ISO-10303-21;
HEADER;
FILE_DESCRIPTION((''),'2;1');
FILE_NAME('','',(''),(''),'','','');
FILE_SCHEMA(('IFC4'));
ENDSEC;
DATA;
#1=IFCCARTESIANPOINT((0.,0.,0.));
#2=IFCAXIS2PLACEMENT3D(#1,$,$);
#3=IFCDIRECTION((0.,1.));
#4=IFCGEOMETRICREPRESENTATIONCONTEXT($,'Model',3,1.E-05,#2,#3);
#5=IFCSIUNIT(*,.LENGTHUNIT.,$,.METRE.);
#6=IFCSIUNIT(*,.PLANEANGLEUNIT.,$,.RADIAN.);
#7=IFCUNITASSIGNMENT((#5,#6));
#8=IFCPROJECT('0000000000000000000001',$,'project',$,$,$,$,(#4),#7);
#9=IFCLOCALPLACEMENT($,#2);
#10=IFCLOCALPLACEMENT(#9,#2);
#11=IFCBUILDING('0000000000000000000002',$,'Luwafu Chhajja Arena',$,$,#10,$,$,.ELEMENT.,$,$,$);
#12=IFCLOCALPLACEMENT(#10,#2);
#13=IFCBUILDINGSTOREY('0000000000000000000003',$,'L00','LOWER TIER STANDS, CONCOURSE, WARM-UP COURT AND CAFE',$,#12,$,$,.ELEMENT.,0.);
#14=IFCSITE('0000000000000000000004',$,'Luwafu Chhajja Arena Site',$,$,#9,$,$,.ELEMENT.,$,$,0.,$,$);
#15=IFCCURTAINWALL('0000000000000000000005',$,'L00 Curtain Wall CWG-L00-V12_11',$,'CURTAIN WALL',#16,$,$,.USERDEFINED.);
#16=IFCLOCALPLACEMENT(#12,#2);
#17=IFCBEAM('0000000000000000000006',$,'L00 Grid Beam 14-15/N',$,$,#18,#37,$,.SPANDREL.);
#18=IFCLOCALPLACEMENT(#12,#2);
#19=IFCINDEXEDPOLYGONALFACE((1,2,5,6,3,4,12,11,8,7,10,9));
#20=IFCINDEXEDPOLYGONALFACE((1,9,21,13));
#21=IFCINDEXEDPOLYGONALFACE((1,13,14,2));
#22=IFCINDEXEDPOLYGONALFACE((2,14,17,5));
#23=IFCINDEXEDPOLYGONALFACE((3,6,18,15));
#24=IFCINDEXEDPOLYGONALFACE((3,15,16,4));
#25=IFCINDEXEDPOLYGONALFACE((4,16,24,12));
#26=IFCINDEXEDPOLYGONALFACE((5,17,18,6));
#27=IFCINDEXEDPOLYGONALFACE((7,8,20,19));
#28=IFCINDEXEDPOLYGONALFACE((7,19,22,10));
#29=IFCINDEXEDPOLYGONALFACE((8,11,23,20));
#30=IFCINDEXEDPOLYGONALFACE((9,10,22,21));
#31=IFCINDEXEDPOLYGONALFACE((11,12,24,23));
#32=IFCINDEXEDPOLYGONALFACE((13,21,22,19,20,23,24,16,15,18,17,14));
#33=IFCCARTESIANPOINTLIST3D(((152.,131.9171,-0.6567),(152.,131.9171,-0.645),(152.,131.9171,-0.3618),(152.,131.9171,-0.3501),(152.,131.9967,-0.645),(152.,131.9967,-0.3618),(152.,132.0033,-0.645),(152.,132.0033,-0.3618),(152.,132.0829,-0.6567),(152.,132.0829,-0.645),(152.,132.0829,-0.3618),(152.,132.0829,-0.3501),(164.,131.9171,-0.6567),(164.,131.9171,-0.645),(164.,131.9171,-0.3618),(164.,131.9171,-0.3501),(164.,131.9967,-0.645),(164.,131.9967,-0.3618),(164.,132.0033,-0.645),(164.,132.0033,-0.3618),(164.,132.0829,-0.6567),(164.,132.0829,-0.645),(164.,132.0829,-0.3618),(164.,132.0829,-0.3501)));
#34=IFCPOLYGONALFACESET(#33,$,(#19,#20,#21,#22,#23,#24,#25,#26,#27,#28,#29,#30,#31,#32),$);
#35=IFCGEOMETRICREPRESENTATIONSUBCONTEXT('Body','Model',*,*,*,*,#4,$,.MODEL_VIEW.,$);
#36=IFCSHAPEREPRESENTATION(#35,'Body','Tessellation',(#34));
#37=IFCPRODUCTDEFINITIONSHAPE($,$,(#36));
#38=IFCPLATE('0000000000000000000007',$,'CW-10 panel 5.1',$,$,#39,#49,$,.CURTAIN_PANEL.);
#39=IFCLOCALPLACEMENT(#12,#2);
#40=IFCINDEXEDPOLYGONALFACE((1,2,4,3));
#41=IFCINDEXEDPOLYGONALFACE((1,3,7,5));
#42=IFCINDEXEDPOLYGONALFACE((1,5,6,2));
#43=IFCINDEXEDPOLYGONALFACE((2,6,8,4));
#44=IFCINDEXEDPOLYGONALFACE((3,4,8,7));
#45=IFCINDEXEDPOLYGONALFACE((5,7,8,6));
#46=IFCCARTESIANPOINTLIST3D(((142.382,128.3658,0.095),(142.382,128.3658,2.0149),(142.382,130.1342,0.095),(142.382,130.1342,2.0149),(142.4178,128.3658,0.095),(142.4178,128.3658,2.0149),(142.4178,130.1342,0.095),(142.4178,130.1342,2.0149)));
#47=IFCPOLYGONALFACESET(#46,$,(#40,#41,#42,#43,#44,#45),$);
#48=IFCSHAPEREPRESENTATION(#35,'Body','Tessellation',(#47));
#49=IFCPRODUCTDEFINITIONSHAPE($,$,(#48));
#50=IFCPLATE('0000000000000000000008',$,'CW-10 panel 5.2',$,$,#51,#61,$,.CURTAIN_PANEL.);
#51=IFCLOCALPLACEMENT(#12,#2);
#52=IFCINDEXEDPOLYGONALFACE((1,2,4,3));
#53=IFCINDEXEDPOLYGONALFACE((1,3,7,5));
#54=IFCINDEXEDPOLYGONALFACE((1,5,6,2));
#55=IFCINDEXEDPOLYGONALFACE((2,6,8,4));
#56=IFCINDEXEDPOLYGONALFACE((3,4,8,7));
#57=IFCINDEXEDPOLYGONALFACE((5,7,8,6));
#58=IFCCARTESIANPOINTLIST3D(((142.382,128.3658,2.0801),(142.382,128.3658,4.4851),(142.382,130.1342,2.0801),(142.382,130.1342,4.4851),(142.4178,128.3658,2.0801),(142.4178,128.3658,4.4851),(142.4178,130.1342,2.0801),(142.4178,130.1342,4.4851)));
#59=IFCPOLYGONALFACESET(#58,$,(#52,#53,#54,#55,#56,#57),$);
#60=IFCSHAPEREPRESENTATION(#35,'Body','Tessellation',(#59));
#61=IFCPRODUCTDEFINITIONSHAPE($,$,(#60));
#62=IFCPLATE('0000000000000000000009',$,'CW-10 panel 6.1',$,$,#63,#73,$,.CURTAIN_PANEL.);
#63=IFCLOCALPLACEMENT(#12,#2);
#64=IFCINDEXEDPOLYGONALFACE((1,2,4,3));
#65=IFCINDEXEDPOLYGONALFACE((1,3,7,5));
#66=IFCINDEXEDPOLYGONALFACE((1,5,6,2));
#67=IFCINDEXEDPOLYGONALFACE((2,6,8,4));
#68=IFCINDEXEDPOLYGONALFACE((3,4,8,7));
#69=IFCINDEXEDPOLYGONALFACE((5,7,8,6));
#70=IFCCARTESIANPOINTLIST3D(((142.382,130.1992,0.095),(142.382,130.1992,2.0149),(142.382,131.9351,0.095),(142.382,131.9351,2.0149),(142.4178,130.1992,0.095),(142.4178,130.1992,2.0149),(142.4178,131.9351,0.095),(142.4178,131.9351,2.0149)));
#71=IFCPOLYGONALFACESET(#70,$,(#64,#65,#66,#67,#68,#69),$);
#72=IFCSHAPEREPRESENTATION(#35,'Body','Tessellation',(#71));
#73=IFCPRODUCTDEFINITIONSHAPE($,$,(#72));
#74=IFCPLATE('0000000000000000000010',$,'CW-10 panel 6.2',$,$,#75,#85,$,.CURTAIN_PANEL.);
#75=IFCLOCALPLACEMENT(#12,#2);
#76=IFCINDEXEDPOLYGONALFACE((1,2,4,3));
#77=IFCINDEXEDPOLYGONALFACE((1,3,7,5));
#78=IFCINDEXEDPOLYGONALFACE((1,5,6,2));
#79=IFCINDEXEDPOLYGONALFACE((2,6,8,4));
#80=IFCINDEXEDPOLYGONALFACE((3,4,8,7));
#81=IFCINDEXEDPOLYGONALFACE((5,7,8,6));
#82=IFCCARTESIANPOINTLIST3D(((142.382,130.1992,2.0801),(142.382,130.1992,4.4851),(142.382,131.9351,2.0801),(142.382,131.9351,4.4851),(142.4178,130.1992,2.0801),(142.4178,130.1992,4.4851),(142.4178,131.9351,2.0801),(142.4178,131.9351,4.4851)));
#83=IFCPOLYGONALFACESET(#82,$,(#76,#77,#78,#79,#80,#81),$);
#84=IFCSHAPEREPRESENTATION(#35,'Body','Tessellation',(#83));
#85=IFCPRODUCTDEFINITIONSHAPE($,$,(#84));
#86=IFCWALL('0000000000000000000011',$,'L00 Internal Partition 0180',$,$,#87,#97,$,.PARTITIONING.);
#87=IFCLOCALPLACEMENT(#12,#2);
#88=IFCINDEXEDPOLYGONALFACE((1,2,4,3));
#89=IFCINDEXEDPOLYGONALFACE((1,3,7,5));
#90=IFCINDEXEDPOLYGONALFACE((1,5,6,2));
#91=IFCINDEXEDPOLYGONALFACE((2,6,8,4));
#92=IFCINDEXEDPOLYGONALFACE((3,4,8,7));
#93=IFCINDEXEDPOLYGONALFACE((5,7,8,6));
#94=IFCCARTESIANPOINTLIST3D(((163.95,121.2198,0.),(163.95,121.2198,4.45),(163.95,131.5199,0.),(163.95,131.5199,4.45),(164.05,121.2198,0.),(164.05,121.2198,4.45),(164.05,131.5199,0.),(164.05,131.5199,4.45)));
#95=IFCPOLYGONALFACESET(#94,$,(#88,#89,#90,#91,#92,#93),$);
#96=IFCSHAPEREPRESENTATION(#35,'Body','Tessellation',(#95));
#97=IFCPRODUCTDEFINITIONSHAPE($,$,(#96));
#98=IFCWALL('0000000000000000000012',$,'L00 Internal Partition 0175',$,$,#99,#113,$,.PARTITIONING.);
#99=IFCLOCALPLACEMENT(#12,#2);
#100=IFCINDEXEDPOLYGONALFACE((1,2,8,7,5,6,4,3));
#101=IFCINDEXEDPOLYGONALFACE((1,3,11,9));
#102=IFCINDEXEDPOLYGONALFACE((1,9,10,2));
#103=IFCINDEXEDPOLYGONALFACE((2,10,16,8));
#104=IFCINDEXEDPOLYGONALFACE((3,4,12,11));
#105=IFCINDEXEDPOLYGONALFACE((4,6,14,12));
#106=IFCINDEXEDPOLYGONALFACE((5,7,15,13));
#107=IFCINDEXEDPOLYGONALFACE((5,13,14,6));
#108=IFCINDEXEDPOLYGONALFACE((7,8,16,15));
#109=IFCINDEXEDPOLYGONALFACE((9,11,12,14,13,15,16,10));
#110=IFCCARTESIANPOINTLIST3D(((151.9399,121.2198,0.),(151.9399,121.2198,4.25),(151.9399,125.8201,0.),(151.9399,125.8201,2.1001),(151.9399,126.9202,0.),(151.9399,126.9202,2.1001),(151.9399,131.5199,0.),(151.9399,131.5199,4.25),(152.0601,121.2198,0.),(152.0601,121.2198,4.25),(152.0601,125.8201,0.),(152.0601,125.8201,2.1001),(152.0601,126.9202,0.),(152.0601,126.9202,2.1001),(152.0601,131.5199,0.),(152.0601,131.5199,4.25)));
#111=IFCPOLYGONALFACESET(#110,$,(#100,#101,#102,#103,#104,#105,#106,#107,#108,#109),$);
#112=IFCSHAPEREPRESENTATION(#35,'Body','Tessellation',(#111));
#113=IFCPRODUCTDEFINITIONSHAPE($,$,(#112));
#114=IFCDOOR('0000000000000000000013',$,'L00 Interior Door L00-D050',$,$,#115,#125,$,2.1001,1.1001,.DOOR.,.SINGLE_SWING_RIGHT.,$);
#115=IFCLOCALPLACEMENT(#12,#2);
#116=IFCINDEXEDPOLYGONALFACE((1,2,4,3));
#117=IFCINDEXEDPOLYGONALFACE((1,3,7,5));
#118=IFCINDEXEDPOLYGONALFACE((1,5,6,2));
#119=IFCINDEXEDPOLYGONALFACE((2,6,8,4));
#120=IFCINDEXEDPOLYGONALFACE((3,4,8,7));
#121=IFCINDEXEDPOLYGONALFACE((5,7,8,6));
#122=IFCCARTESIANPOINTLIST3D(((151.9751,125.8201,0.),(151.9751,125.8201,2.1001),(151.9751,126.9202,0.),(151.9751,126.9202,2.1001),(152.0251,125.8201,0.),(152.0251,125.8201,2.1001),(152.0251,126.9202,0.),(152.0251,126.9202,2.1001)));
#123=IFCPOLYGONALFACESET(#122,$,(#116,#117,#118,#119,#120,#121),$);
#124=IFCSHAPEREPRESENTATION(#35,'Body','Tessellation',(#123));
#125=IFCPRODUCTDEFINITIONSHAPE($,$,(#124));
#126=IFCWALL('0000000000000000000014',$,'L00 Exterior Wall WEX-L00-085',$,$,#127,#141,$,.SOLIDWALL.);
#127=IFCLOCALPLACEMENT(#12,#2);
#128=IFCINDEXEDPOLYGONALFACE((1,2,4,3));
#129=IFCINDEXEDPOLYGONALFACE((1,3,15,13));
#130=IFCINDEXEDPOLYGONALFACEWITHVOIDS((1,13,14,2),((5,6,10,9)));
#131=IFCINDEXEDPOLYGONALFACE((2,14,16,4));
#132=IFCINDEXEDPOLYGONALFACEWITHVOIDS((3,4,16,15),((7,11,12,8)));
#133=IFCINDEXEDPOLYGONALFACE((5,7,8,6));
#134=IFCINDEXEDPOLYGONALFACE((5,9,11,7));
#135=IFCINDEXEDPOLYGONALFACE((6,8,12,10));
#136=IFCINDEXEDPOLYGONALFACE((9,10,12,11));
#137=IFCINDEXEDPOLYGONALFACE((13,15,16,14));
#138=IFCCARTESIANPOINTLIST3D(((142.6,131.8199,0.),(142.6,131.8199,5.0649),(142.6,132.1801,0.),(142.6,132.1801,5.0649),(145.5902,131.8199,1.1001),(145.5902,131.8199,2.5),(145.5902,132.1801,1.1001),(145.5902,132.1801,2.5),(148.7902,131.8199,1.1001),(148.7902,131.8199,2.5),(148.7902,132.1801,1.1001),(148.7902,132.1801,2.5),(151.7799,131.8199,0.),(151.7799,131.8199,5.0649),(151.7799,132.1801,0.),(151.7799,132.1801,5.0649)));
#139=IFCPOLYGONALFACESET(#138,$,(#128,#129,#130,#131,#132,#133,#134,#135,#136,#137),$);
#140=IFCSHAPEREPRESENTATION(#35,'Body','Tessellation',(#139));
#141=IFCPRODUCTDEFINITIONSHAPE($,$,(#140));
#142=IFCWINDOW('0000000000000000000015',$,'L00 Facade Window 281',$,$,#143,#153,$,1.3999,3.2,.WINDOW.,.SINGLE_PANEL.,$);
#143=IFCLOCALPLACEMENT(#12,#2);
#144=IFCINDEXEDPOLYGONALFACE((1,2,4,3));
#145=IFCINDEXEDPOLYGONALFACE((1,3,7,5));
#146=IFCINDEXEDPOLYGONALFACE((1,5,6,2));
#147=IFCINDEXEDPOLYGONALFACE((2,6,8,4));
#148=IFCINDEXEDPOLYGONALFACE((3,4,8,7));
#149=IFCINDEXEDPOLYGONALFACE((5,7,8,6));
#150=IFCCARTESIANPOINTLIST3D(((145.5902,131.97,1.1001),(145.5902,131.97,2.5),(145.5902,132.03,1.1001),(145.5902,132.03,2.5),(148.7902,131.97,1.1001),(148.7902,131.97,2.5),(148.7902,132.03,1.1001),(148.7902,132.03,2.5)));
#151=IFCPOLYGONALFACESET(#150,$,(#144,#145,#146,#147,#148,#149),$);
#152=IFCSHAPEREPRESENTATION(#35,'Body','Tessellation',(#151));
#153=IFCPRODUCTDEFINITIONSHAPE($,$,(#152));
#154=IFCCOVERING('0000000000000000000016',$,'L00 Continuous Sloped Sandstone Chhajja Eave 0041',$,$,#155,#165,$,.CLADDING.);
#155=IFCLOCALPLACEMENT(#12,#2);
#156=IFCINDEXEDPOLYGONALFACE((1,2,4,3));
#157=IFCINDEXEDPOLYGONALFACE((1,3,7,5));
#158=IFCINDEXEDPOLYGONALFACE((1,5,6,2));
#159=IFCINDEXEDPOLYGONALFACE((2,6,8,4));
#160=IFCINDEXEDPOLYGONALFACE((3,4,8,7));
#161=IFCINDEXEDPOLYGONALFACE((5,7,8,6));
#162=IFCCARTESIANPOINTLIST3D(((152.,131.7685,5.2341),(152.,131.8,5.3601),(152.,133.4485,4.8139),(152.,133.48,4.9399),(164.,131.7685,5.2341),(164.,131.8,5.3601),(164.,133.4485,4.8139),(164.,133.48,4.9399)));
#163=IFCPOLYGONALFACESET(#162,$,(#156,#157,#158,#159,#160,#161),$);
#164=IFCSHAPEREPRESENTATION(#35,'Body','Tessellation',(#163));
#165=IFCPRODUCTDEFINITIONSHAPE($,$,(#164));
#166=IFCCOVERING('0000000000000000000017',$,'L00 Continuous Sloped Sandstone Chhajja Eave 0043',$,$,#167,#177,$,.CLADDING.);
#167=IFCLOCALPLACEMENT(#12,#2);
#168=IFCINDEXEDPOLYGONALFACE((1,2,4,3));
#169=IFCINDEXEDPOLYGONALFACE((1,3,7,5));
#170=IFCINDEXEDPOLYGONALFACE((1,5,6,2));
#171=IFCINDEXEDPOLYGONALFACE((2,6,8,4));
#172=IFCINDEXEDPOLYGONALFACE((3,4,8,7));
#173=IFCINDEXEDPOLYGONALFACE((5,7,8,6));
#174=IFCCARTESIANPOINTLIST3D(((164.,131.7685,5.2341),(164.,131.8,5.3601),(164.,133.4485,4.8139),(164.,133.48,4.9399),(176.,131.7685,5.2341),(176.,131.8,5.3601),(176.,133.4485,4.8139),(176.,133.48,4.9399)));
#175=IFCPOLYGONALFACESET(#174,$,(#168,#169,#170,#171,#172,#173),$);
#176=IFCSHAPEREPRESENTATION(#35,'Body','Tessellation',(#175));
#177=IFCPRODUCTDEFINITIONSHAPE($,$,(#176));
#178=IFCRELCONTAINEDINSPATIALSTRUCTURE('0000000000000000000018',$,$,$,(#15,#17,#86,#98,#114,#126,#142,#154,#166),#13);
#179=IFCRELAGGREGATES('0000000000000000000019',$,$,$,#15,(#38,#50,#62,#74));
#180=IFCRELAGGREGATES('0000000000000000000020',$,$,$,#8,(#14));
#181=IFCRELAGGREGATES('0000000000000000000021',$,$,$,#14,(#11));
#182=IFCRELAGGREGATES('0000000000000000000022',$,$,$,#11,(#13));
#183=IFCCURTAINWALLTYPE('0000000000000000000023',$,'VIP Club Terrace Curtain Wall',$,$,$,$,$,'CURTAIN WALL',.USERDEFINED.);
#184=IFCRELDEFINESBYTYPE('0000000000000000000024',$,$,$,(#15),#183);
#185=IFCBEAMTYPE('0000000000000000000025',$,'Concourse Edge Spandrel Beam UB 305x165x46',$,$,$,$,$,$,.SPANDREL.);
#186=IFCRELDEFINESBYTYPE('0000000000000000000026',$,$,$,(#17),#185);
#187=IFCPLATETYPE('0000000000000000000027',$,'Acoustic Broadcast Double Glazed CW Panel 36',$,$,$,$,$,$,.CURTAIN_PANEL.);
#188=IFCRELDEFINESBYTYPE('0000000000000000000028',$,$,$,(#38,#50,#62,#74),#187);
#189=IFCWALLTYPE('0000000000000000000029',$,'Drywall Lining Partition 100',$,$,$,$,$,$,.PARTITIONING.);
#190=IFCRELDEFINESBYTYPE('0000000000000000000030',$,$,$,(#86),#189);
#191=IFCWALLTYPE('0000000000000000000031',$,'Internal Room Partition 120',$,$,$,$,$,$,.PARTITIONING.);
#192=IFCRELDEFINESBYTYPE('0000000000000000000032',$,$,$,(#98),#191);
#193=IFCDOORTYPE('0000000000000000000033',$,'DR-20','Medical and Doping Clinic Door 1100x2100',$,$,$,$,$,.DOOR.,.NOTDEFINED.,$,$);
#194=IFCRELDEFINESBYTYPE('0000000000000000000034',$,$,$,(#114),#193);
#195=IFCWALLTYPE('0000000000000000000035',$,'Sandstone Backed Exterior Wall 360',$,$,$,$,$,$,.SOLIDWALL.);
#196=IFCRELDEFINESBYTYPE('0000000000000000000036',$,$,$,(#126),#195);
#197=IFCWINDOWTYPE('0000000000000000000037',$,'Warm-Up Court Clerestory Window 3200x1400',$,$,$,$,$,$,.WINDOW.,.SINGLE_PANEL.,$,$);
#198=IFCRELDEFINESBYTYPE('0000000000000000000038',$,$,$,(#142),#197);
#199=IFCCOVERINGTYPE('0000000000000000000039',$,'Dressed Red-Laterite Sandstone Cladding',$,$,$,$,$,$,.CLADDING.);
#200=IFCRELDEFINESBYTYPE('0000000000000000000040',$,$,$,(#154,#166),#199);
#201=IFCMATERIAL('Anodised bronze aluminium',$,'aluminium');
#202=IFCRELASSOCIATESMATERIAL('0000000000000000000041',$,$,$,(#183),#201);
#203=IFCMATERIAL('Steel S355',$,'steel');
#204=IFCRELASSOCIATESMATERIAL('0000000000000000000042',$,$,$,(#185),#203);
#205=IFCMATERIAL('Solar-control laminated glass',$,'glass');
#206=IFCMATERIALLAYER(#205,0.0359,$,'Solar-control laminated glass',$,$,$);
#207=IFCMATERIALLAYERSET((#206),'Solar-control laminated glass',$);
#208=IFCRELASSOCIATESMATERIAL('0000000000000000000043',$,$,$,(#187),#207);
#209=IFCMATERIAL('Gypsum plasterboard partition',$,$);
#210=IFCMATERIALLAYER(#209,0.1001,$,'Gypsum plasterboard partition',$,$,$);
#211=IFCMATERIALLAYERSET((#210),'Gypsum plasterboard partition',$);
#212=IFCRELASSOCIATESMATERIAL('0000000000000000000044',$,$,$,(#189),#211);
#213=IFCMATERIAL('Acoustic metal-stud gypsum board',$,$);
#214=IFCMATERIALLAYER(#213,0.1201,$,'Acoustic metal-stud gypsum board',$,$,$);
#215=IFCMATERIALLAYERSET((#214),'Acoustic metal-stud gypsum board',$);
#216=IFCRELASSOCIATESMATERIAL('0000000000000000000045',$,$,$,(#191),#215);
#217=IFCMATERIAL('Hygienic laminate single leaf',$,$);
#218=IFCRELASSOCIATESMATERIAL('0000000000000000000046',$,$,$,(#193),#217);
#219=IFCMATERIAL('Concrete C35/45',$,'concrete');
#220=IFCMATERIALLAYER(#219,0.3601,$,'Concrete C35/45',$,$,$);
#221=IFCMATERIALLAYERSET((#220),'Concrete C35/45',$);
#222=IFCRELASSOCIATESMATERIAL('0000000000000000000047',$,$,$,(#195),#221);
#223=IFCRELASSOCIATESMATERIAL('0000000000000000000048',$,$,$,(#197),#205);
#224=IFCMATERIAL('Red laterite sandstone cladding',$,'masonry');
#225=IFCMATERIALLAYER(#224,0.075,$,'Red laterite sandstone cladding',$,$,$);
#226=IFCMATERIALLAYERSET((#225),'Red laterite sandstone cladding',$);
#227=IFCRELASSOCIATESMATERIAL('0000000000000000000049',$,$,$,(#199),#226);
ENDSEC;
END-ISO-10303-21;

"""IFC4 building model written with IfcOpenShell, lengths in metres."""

from ifc_helpers import new_model, si_unit, direction, frame, frame_2d, origin, origin_2d, place, context, subcontext, project, spatial, polyline, rectangle, i_section, outline, extrude, material, layer, layer_set, material_profile, profile_set, type_object, element, fill, aggregate, save


model = new_model("IFC4")

# Units and contexts
model_context = context("Model", 3, precision=1e-05, world=origin(), true_north=direction((0.0, 1.0)))
body_context = subcontext(model_context, "Body", "Model", "MODEL_VIEW")
ifc_project = project(units=[si_unit("LENGTHUNIT", "METRE"), si_unit("PLANEANGLEUNIT", "RADIAN")], contexts=[model_context])

# Site, building, storey
site_placement = place(None, origin())
site = spatial("IfcSite", under=ifc_project, at=site_placement, Name="Luwafu Chhajja Arena Site", CompositionType="ELEMENT", RefElevation=0.0)
building_placement = place(site_placement, origin())
building = spatial("IfcBuilding", under=site, at=building_placement, Name="Luwafu Chhajja Arena", CompositionType="ELEMENT")
storey_placement = place(building_placement, origin())
storey = spatial("IfcBuildingStorey", under=building, at=storey_placement, Name="L00", Description="LOWER TIER STANDS, CONCOURSE, WARM-UP COURT AND CAFE", CompositionType="ELEMENT", Elevation=0.0)

# Curtain wall
ifc_material_1 = material(Name="Anodised bronze aluminium", Category="aluminium")
curtain_wall_type_1 = type_object("IfcCurtainWallType", Name="VIP Club Terrace Curtain Wall", ElementType="CURTAIN WALL", PredefinedType="USERDEFINED", material=ifc_material_1)
curtain_wall_1_placement = place(storey_placement, origin())
curtain_wall_1 = element("IfcCurtainWall", 1, at=curtain_wall_1_placement, inside=storey, type_object=curtain_wall_type_1, Name="L00 Curtain Wall CWG-L00-V12_11", ObjectType="CURTAIN WALL", PredefinedType="USERDEFINED")

# Beam
ifc_material_2 = material(Name="Steel S355", Category="steel")
ifc_material_profile_1 = material_profile(ifc_material_2, i_section(OverallWidth=0.1658, OverallDepth=0.3066, WebThickness=0.0066, FlangeThickness=0.0117, at=origin_2d()), Name="UB 305x165x46")
ifc_profile_set_1 = profile_set([ifc_material_profile_1], Name="Steel S355")
beam_type = type_object("IfcBeamType", Name="Concourse Edge Spandrel Beam UB 305x165x46", PredefinedType="SPANDREL", material=ifc_profile_set_1)
beam_placement = place(storey_placement, frame((152.0, 132.0, -0.5034), z_axis=(1.0, 0.0, 0.0), x_axis=(0.0, 1.0, 0.0)))
element("IfcBeam", 2, at=beam_placement, inside=storey, type_object=beam_type, Name="L00 Grid Beam 14-15/N", PredefinedType="SPANDREL", context=body_context, shape_type="SweptSolid", body=[
    extrude(i_section(OverallWidth=0.1658, OverallDepth=0.3066, WebThickness=0.0066, FlangeThickness=0.0117, at=origin_2d()), origin(), (0.0, 0.0, 1.0), 12.0),
])

# Plates
ifc_material_3 = material(Name="Solar-control laminated glass", Category="glass")
ifc_layer_1 = layer(ifc_material_3, 0.0359, Name="Solar-control laminated glass")
ifc_layer_set_1 = layer_set([ifc_layer_1], Name="Solar-control laminated glass")
plate_type = type_object("IfcPlateType", Name="Acoustic Broadcast Double Glazed CW Panel 36", PredefinedType="CURTAIN_PANEL", material=ifc_layer_set_1)
plate_1_placement = place(storey_placement, frame((142.3999, 129.25, 0.095), z_axis=(0.0, 0.0, 1.0), x_axis=(0.0, 1.0, 0.0)))
plate_1 = element("IfcPlate", 3, at=plate_1_placement, type_object=plate_type, Name="CW-10 panel 5.1", PredefinedType="CURTAIN_PANEL", context=body_context, shape_type="SweptSolid", body=[
    extrude(rectangle(XDim=1.7683, YDim=0.0359, at=origin_2d()), origin(), (0.0, 0.0, 1.0), 1.9199),
])
plate_2_placement = place(storey_placement, frame((142.3999, 129.25, 2.0801), z_axis=(0.0, 0.0, 1.0), x_axis=(0.0, 1.0, 0.0)))
plate_2 = element("IfcPlate", 4, at=plate_2_placement, type_object=plate_type, Name="CW-10 panel 5.2", PredefinedType="CURTAIN_PANEL", context=body_context, shape_type="SweptSolid", body=[
    extrude(rectangle(XDim=1.7683, YDim=0.0359, at=origin_2d()), origin(), (0.0, 0.0, 1.0), 2.405),
])
plate_3_placement = place(storey_placement, frame((142.3999, 131.0671, 0.095), z_axis=(0.0, 0.0, 1.0), x_axis=(0.0, 1.0, 0.0)))
plate_3 = element("IfcPlate", 5, at=plate_3_placement, type_object=plate_type, Name="CW-10 panel 6.1", PredefinedType="CURTAIN_PANEL", context=body_context, shape_type="SweptSolid", body=[
    extrude(rectangle(XDim=1.7358, YDim=0.0359, at=origin_2d()), origin(), (0.0, 0.0, 1.0), 1.9199),
])
plate_4_placement = place(storey_placement, frame((142.3999, 131.0671, 2.0801), z_axis=(0.0, 0.0, 1.0), x_axis=(0.0, 1.0, 0.0)))
plate_4 = element("IfcPlate", 6, at=plate_4_placement, type_object=plate_type, Name="CW-10 panel 6.2", PredefinedType="CURTAIN_PANEL", context=body_context, shape_type="SweptSolid", body=[
    extrude(rectangle(XDim=1.7358, YDim=0.0359, at=origin_2d()), origin(), (0.0, 0.0, 1.0), 2.405),
])
aggregate(curtain_wall_1, [plate_1, plate_2, plate_3, plate_4])

# Wall
ifc_material_4 = material(Name="Gypsum plasterboard partition")
ifc_layer_2 = layer(ifc_material_4, 0.1001, Name="Gypsum plasterboard partition")
ifc_layer_set_2 = layer_set([ifc_layer_2], Name="Gypsum plasterboard partition")
wall_type_1 = type_object("IfcWallType", Name="Drywall Lining Partition 100", PredefinedType="PARTITIONING", material=ifc_layer_set_2)
wall_1_placement = place(storey_placement, frame((164.0, 121.22, 0.0), z_axis=(0.0, 0.0, 1.0), x_axis=(0.0, 1.0, 0.0)))
element("IfcWall", 7, at=wall_1_placement, inside=storey, type_object=wall_type_1, Name="L00 Internal Partition 0180", PredefinedType="PARTITIONING", context=body_context, shape_type="SweptSolid", body=[
    extrude(rectangle(XDim=10.3, YDim=0.1001, at=frame_2d((5.1499, 0.0))), origin(), (0.0, 0.0, 1.0), 4.45),
])

# Wall, opening, door
ifc_material_5 = material(Name="Acoustic metal-stud gypsum board")
ifc_layer_3 = layer(ifc_material_5, 0.1201, Name="Acoustic metal-stud gypsum board")
ifc_layer_set_3 = layer_set([ifc_layer_3], Name="Acoustic metal-stud gypsum board")
wall_type_2 = type_object("IfcWallType", Name="Internal Room Partition 120", PredefinedType="PARTITIONING", material=ifc_layer_set_3)
wall_2_placement = place(storey_placement, frame((152.0, 121.22, 0.0), z_axis=(0.0, 0.0, 1.0), x_axis=(0.0, 1.0, 0.0)))
wall_2 = element("IfcWall", 8, at=wall_2_placement, inside=storey, type_object=wall_type_2, Name="L00 Internal Partition 0175", PredefinedType="PARTITIONING", context=body_context, shape_type="SweptSolid", body=[
    extrude(rectangle(XDim=10.3, YDim=0.1201, at=frame_2d((5.1499, 0.0))), origin(), (0.0, 0.0, 1.0), 4.25),
])
opening_1_placement = place(wall_2_placement, frame((4.6001, 0.0, 0.0)))
opening_1 = element("IfcOpeningElement", 9, at=opening_1_placement, cuts=wall_2, PredefinedType="OPENING", context=body_context, shape_type="SweptSolid", body=[
    extrude(rectangle(XDim=1.1001, YDim=2.1001, at=frame_2d((0.55, 1.05))), frame((0.0, 0.0701, 0.0), z_axis=(0.0, -1.0, 0.0), x_axis=(1.0, 0.0, 0.0)), (0.0, 0.0, 1.0), 0.1401),
])
ifc_material_6 = material(Name="Hygienic laminate single leaf")
door_type = type_object("IfcDoorType", Name="DR-20", Description="Medical and Doping Clinic Door 1100x2100", OperationType="NOTDEFINED", PredefinedType="DOOR", material=ifc_material_6)
door_placement = place(opening_1_placement, origin())
door = element("IfcDoor", 10, at=door_placement, inside=storey, type_object=door_type, Name="L00 Interior Door L00-D050", OperationType="SINGLE_SWING_RIGHT", OverallHeight=2.1001, OverallWidth=1.1001, PredefinedType="DOOR", context=body_context, shape_type="SweptSolid", body=[
    extrude(rectangle(XDim=1.1001, YDim=2.1001, at=frame_2d((0.55, 1.05))), frame((0.0, 0.0249, 0.0), z_axis=(0.0, -1.0, 0.0), x_axis=(1.0, 0.0, 0.0)), (0.0, 0.0, 1.0), 0.05),
])
fill(opening_1, door)

# Wall, opening, window
ifc_material_7 = material(Name="Concrete C35/45", Category="concrete")
ifc_layer_4 = layer(ifc_material_7, 0.3601, Name="Concrete C35/45")
ifc_layer_set_4 = layer_set([ifc_layer_4], Name="Concrete C35/45")
wall_type_3 = type_object("IfcWallType", Name="Sandstone Backed Exterior Wall 360", PredefinedType="SOLIDWALL", material=ifc_layer_set_4)
wall_3_placement = place(storey_placement, frame((142.6001, 132.0, 0.0), z_axis=(0.0, 0.0, 1.0), x_axis=(1.0, 0.0, 0.0)))
wall_3 = element("IfcWall", 11, at=wall_3_placement, inside=storey, type_object=wall_type_3, Name="L00 Exterior Wall WEX-L00-085", PredefinedType="SOLIDWALL", context=body_context, shape_type="SweptSolid", body=[
    extrude(rectangle(XDim=9.1799, YDim=0.3601, at=frame_2d((4.5898, 0.0))), origin(), (0.0, 0.0, 1.0), 5.0649),
])
opening_2_placement = place(wall_3_placement, frame((2.99, 0.0, 1.1001)))
opening_2 = element("IfcOpeningElement", 12, at=opening_2_placement, cuts=wall_3, PredefinedType="OPENING", context=body_context, shape_type="SweptSolid", body=[
    extrude(rectangle(XDim=3.2, YDim=1.3999, at=frame_2d((1.6001, 0.7))), frame((0.0, 0.1899, 0.0), z_axis=(0.0, -1.0, 0.0), x_axis=(1.0, 0.0, 0.0)), (0.0, 0.0, 1.0), 0.3801),
])
window_type = type_object("IfcWindowType", Name="Warm-Up Court Clerestory Window 3200x1400", PartitioningType="SINGLE_PANEL", PredefinedType="WINDOW", material=ifc_material_3)
window_placement = place(opening_2_placement, origin())
window = element("IfcWindow", 13, at=window_placement, inside=storey, type_object=window_type, Name="L00 Facade Window 281", OverallHeight=1.3999, OverallWidth=3.2, PartitioningType="SINGLE_PANEL", PredefinedType="WINDOW", context=body_context, shape_type="SweptSolid", body=[
    extrude(rectangle(XDim=3.2, YDim=1.3999, at=frame_2d((1.6001, 0.7))), frame((0.0, 0.03, 0.0), z_axis=(0.0, -1.0, 0.0), x_axis=(1.0, 0.0, 0.0)), (0.0, 0.0, 1.0), 0.0601),
])
fill(opening_2, window)

# Coverings
ifc_material_8 = material(Name="Red laterite sandstone cladding", Category="masonry")
ifc_layer_5 = layer(ifc_material_8, 0.075, Name="Red laterite sandstone cladding")
ifc_layer_set_5 = layer_set([ifc_layer_5], Name="Red laterite sandstone cladding")
covering_type = type_object("IfcCoveringType", Name="Dressed Red-Laterite Sandstone Cladding", PredefinedType="CLADDING", material=ifc_layer_set_5)
for number, where, z_axis, x_axis, name in (
    (14, (152.0, 131.8, 5.3601), (0.0, 0.242635, 0.970118), (1.0, 0.0, 0.0), "L00 Continuous Sloped Sandstone Chhajja Eave 0041"),
    (15, (164.0, 131.8, 5.3601), (0.0, 0.242635, 0.970118), (1.0, 0.0, 0.0), "L00 Continuous Sloped Sandstone Chhajja Eave 0043"),
):
    element("IfcCovering", number, at=place(storey_placement, frame(where, z_axis=z_axis, x_axis=x_axis)), inside=storey, type_object=covering_type, Name=name, PredefinedType="CLADDING", context=body_context, shape_type="SweptSolid", body=[
        extrude(outline(polyline([(0.0, 0.0), (12.0, 0.0), (12.0, 1.7317), (0.0, 1.7317), (0.0, 0.0)])), origin(), (0.0, 0.0, -1.0), 0.1299),
    ])

save(model, "model.ifc")
